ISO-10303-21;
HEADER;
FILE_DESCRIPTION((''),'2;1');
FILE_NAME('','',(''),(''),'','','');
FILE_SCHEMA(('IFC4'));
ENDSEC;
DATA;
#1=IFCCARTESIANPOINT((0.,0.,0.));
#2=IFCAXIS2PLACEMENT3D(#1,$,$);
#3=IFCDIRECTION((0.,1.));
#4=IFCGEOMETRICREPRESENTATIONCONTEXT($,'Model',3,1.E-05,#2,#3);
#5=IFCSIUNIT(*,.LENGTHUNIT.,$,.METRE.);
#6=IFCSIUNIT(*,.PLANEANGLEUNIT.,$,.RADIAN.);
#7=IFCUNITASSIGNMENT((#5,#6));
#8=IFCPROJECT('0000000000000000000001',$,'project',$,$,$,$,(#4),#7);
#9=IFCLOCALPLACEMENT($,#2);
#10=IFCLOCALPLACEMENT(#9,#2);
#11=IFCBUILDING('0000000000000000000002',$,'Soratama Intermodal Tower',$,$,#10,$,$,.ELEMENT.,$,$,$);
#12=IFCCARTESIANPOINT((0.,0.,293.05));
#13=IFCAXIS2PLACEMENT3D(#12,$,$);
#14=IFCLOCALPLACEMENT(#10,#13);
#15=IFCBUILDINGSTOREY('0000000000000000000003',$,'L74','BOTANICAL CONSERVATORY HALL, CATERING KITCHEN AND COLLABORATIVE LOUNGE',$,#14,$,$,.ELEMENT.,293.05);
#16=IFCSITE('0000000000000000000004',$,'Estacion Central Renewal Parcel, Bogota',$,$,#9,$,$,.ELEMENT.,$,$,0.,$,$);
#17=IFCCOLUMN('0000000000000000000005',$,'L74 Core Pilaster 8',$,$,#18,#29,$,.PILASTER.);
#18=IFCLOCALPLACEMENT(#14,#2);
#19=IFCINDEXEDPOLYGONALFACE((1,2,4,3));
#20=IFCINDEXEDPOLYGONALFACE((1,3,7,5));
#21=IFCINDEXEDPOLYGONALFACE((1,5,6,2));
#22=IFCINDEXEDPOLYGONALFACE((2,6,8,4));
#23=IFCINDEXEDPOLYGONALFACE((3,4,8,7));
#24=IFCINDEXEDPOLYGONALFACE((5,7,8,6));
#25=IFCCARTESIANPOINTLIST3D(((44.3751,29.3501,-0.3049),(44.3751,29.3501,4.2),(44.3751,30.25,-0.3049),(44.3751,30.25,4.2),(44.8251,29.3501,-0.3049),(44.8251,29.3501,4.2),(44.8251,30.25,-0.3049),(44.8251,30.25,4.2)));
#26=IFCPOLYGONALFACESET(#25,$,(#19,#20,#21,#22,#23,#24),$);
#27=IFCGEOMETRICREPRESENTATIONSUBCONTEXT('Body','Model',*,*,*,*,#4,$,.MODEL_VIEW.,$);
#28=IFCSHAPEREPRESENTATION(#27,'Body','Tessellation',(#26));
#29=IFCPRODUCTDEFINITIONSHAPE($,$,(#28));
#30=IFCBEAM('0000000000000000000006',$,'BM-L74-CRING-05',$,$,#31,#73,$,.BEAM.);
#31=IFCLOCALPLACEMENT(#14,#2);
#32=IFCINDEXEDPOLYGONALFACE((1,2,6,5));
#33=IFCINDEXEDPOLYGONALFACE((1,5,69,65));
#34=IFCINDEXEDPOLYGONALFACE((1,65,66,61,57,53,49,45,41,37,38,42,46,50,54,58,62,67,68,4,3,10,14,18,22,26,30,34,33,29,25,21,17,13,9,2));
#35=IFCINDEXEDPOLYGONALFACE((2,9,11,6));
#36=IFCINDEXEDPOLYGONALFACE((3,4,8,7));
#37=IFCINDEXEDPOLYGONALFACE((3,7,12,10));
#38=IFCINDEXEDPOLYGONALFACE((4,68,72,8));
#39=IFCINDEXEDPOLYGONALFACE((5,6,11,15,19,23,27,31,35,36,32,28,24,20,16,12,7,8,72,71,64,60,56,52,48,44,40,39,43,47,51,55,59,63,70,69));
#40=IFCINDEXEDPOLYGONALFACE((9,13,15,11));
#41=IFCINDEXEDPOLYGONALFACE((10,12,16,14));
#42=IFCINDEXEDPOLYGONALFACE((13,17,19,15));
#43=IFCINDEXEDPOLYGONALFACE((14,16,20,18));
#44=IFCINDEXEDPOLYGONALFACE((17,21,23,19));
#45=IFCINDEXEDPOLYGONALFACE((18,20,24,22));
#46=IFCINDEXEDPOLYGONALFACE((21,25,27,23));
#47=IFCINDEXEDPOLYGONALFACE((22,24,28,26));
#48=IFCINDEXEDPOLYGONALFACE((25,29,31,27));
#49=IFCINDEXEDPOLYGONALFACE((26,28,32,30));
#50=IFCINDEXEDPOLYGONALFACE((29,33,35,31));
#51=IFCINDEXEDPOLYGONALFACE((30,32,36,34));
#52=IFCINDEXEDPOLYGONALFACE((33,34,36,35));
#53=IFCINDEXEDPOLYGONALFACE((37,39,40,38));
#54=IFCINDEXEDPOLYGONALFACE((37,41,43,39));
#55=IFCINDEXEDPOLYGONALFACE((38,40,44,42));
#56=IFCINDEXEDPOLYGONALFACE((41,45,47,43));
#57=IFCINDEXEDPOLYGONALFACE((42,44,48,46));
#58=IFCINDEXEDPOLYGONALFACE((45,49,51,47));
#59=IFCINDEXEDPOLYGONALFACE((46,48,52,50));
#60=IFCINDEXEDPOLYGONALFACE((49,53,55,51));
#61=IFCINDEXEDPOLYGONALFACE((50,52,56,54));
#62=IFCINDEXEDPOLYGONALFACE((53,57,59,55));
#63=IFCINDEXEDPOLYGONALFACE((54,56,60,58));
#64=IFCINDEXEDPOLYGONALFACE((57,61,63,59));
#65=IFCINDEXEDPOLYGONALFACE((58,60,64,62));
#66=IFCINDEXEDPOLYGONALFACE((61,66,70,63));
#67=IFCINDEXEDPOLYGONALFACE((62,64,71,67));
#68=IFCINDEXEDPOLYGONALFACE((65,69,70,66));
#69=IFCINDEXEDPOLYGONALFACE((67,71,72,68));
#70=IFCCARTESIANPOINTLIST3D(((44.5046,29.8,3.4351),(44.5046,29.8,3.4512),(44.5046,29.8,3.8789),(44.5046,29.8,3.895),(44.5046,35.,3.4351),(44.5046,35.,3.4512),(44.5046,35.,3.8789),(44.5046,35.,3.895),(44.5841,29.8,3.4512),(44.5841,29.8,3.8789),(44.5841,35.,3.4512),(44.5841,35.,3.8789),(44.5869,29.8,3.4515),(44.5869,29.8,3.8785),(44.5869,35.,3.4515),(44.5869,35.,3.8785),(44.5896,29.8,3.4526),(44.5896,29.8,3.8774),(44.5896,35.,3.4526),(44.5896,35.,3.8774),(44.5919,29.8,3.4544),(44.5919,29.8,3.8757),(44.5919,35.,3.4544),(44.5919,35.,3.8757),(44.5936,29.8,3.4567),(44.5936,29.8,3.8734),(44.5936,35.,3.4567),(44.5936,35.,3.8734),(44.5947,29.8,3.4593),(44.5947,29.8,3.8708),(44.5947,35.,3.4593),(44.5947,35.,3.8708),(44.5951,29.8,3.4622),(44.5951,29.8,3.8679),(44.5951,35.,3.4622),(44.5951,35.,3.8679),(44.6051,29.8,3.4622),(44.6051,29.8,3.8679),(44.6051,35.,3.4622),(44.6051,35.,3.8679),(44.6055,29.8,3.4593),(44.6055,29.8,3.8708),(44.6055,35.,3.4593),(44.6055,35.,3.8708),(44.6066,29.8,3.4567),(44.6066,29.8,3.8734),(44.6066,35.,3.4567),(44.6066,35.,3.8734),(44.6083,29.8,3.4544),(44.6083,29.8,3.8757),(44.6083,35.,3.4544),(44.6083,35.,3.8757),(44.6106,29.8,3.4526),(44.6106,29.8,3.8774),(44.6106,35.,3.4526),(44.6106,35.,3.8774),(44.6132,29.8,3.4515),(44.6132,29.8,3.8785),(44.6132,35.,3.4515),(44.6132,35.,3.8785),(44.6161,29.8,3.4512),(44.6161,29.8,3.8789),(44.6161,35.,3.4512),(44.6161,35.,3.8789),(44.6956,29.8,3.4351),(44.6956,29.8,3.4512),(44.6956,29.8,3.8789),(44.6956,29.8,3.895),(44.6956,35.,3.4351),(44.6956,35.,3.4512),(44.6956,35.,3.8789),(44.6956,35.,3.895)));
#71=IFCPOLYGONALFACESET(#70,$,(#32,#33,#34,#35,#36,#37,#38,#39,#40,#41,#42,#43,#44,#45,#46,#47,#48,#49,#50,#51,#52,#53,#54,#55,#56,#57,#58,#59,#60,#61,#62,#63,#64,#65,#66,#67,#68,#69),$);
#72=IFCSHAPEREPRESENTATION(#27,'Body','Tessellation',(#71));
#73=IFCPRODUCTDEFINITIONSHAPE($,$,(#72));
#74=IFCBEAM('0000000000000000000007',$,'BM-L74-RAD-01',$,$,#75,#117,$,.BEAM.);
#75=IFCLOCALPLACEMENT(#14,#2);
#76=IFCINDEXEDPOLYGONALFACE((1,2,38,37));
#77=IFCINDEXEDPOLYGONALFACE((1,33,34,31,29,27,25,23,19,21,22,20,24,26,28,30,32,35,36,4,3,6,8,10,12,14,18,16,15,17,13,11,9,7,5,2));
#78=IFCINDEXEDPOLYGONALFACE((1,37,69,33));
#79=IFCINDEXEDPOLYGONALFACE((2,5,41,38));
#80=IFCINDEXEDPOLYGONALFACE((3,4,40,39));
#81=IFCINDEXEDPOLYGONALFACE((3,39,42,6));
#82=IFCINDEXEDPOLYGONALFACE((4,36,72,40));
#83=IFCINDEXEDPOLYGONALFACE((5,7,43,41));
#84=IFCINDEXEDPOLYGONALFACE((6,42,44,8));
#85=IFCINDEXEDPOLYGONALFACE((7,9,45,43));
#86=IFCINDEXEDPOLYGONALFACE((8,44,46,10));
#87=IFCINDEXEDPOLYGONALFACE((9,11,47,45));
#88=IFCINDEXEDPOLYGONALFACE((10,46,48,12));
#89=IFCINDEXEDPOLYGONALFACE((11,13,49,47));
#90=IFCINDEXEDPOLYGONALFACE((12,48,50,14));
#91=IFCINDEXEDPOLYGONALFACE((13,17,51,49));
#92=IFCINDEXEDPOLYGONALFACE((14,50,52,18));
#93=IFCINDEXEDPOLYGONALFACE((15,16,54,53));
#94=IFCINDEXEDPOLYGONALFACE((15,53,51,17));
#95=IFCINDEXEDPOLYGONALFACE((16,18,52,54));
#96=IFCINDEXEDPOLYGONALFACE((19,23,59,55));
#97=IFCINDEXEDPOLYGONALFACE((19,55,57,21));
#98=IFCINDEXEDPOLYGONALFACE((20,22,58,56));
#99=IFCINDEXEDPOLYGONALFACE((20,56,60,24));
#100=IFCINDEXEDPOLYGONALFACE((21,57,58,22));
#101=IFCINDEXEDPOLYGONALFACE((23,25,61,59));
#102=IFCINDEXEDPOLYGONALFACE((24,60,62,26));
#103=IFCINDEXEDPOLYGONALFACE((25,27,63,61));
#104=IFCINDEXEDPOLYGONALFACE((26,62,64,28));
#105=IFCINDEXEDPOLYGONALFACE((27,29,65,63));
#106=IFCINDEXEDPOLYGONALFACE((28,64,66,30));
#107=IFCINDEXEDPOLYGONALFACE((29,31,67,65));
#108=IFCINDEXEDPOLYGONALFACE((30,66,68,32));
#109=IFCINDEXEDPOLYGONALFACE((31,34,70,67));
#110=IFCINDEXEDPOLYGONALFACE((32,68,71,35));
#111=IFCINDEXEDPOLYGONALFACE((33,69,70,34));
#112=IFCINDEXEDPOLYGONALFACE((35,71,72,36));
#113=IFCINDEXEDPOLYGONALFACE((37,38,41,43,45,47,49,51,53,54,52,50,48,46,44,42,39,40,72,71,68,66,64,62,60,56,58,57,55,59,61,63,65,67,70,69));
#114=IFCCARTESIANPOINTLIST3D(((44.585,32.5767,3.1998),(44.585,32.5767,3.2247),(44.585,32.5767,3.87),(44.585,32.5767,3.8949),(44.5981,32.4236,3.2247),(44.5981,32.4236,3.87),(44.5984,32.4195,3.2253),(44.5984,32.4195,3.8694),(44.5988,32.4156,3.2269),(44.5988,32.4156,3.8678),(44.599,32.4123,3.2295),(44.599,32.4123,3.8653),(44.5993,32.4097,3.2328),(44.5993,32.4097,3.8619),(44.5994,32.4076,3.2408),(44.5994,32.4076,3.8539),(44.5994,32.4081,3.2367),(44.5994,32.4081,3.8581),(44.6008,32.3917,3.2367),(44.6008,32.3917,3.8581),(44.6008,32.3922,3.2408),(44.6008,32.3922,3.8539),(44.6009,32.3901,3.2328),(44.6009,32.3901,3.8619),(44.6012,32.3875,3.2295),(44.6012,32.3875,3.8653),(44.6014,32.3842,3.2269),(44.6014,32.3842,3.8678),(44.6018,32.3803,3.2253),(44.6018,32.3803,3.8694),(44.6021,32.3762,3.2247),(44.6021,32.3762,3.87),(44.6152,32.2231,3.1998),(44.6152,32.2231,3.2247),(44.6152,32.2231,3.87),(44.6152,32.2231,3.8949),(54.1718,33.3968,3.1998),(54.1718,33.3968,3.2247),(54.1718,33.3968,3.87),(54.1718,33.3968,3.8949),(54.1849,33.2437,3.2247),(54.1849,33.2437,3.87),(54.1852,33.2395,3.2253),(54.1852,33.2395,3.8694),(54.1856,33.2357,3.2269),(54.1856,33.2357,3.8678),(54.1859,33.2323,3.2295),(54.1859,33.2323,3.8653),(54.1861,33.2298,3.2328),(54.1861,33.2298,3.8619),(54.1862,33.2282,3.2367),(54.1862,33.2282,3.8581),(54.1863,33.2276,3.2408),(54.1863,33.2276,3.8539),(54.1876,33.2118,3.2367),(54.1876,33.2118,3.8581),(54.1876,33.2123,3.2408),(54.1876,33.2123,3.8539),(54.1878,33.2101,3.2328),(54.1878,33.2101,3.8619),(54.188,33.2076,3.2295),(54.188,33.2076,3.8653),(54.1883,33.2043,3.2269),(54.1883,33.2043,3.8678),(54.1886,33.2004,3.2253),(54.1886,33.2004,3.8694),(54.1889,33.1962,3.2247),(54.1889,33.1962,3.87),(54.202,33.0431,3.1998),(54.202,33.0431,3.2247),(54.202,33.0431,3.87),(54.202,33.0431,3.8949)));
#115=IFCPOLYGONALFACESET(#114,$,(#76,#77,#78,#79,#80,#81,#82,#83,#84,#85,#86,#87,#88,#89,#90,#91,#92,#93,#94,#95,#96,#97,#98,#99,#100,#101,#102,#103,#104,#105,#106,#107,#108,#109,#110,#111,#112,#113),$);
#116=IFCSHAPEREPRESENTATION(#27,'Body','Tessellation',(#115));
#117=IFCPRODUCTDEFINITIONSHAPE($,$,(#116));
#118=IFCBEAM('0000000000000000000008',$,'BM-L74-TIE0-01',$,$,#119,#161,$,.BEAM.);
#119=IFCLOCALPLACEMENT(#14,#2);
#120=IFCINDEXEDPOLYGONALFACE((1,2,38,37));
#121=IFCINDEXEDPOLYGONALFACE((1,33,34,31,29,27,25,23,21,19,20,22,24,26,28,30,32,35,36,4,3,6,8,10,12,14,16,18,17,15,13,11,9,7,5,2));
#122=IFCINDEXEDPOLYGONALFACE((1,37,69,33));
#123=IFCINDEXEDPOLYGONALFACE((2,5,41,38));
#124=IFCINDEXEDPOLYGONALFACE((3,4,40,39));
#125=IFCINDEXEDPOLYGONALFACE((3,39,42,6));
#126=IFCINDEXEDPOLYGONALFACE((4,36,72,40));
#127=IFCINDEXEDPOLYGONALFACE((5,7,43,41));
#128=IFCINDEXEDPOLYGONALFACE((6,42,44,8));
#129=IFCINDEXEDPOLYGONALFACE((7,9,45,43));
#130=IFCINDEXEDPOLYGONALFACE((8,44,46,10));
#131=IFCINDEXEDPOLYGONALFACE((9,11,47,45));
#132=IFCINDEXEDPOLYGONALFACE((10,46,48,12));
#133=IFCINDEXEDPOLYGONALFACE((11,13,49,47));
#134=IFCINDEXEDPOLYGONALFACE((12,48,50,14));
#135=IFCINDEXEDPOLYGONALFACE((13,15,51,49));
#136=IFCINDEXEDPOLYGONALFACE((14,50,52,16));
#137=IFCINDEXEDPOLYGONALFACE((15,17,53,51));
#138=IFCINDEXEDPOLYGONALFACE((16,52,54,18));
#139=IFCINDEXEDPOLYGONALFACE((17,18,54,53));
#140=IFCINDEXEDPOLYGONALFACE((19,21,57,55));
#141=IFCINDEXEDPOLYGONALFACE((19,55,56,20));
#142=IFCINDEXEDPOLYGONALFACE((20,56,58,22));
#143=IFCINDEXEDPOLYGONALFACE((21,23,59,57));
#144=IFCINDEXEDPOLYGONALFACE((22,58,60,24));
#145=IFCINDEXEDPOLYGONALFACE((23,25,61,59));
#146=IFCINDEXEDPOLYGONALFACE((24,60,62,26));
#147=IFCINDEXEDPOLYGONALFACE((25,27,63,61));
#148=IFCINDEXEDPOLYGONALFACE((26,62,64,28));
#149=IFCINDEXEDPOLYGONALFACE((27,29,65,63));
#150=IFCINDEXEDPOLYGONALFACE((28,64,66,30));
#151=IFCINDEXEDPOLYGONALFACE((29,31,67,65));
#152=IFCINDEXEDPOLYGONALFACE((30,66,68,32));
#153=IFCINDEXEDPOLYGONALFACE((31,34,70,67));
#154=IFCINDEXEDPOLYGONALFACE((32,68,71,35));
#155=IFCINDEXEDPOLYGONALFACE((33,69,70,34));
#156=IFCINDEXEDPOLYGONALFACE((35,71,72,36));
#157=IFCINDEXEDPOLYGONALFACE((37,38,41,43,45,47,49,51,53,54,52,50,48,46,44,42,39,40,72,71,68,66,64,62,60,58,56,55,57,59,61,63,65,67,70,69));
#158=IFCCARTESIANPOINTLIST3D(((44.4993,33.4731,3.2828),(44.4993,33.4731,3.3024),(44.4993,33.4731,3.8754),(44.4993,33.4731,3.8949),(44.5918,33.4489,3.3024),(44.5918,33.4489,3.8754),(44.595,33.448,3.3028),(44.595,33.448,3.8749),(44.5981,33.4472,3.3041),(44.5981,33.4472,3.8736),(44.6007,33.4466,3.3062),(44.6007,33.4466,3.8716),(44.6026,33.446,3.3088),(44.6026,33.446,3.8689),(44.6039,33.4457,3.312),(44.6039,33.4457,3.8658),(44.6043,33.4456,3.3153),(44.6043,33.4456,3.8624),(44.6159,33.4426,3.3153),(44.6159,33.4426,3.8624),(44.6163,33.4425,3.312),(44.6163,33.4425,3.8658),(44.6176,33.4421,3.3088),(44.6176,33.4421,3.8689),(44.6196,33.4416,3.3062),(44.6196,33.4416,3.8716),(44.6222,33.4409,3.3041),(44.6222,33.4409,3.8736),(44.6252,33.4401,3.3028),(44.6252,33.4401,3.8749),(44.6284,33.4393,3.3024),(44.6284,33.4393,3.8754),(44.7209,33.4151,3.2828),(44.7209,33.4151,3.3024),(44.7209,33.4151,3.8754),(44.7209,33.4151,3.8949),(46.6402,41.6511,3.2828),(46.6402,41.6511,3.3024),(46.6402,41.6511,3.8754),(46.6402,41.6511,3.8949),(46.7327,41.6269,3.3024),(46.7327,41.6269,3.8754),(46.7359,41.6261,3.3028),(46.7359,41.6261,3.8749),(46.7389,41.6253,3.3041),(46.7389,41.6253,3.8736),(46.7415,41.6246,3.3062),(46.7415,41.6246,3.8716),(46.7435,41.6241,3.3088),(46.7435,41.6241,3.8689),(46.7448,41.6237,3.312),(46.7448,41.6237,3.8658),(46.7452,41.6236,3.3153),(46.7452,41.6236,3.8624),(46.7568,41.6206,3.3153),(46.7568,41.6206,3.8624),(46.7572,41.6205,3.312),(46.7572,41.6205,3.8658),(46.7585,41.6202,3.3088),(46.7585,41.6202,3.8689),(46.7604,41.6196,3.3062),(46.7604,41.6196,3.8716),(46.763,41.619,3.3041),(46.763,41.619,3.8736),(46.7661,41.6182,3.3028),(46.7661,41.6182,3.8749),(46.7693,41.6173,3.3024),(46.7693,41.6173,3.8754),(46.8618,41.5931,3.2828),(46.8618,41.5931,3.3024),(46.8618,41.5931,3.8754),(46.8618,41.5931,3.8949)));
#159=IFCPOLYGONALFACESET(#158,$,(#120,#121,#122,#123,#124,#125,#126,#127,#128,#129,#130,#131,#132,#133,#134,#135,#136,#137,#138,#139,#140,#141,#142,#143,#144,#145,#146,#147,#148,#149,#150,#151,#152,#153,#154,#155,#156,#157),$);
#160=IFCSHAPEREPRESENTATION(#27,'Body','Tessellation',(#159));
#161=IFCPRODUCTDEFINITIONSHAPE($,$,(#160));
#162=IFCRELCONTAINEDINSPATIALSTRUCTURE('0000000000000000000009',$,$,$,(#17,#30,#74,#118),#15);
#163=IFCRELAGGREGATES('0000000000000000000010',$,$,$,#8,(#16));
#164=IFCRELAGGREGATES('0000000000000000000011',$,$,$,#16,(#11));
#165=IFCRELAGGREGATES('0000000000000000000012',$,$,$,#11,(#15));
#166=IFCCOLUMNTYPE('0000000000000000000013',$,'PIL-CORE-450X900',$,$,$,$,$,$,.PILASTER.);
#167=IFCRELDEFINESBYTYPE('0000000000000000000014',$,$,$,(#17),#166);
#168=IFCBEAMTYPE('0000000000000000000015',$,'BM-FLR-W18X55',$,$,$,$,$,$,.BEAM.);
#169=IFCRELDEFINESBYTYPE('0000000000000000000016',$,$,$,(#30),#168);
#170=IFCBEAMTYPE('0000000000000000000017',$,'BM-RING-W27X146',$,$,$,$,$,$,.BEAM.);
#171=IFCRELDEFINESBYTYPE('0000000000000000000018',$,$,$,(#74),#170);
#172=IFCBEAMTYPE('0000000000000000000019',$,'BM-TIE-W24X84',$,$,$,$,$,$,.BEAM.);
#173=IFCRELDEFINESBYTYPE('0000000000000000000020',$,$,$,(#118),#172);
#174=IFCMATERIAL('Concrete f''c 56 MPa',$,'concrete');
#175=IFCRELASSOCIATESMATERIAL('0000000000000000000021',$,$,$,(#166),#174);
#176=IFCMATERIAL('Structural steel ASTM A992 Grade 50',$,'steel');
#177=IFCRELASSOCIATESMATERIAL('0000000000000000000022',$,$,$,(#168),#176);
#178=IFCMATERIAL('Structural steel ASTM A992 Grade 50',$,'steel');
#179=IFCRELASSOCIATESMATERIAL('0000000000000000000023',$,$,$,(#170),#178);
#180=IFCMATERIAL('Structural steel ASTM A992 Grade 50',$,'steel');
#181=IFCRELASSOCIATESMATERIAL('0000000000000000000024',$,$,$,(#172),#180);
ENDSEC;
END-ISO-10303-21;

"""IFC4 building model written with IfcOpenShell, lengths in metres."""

from ifc_helpers import new_model, si_unit, direction, frame, origin, origin_2d, place, context, subcontext, project, spatial, rectangle, i_section, extrude, material, material_profile, profile_set, type_object, element, save


model = new_model("IFC4")

# Units and contexts
model_context = context("Model", 3, precision=1e-05, world=origin(), true_north=direction((0.0, 1.0)))
body_context = subcontext(model_context, "Body", "Model", "MODEL_VIEW")
ifc_project = project(units=[si_unit("LENGTHUNIT", "METRE"), si_unit("PLANEANGLEUNIT", "RADIAN")], contexts=[model_context])

# Site, building, storey
site_placement = place(None, origin())
site = spatial("IfcSite", under=ifc_project, at=site_placement, Name="Estacion Central Renewal Parcel, Bogota", CompositionType="ELEMENT", RefElevation=0.0)
building_placement = place(site_placement, origin())
building = spatial("IfcBuilding", under=site, at=building_placement, Name="Soratama Intermodal Tower", CompositionType="ELEMENT")
storey_placement = place(building_placement, frame((0.0, 0.0, 293.05)))
storey = spatial("IfcBuildingStorey", under=building, at=storey_placement, Name="L74", Description="BOTANICAL CONSERVATORY HALL, CATERING KITCHEN AND COLLABORATIVE LOUNGE", CompositionType="ELEMENT", Elevation=293.05)

# Column
ifc_material_1 = material(Name="Concrete f'c 56 MPa", Category="concrete")
ifc_material_profile_1 = material_profile(ifc_material_1, rectangle(XDim=0.45, YDim=0.8999, at=origin_2d()), Name="RC450X900")
ifc_profile_set_1 = profile_set([ifc_material_profile_1], Name="Concrete f'c 56 MPa")
column_type = type_object("IfcColumnType", Name="PIL-CORE-450X900", PredefinedType="PILASTER", material=ifc_profile_set_1)
column_placement = place(storey_placement, frame((44.6001, 29.8, -0.3049), z_axis=(0.0, 0.0, 1.0), x_axis=(1.0, 0.0, 0.0)))
element("IfcColumn", 1, at=column_placement, inside=storey, type_object=column_type, Name="L74 Core Pilaster 8", PredefinedType="PILASTER", context=body_context, shape_type="SweptSolid", body=[
    extrude(rectangle(XDim=0.45, YDim=0.8999, at=origin_2d()), origin(), (0.0, 0.0, 1.0), 4.5049),
])

# Beams
ifc_material_2 = material(Name="Structural steel ASTM A992 Grade 50", Category="steel")
ifc_material_profile_2 = material_profile(ifc_material_2, i_section(OverallWidth=0.1909, OverallDepth=0.46, WebThickness=0.01, FlangeThickness=0.0161, FilletRadius=0.011, at=origin_2d()), Name="W18X55")
ifc_profile_set_2 = profile_set([ifc_material_profile_2], Name="Structural steel ASTM A992 Grade 50")
beam_type_1 = type_object("IfcBeamType", Name="BM-FLR-W18X55", PredefinedType="BEAM", material=ifc_profile_set_2)
beam_1_placement = place(storey_placement, frame((44.6001, 29.8, 3.665), z_axis=(0.0, 1.0, 0.0), x_axis=(-1.0, 0.0, 0.0)))
element("IfcBeam", 2, at=beam_1_placement, inside=storey, type_object=beam_type_1, Name="BM-L74-CRING-05", PredefinedType="BEAM", context=body_context, shape_type="SweptSolid", body=[
    extrude(i_section(OverallWidth=0.1909, OverallDepth=0.46, WebThickness=0.01, FlangeThickness=0.0161, FilletRadius=0.011, at=origin_2d()), origin(), (0.0, 0.0, 1.0), 5.2),
])
ifc_material_3 = material(Name="Structural steel ASTM A992 Grade 50", Category="steel")
ifc_material_profile_3 = material_profile(ifc_material_3, i_section(OverallWidth=0.355, OverallDepth=0.6951, WebThickness=0.0154, FlangeThickness=0.0249, FilletRadius=0.0161, at=origin_2d()), Name="W27X146")
ifc_profile_set_3 = profile_set([ifc_material_profile_3], Name="Structural steel ASTM A992 Grade 50")
beam_type_2 = type_object("IfcBeamType", Name="BM-RING-W27X146", PredefinedType="BEAM", material=ifc_profile_set_3)
beam_2_placement = place(storey_placement, frame((44.6001, 32.3999, 3.5474), z_axis=(0.996361, 0.085229, 0.0), x_axis=(-0.085229, 0.996361, 0.0)))
element("IfcBeam", 3, at=beam_2_placement, inside=storey, type_object=beam_type_2, Name="BM-L74-RAD-01", PredefinedType="BEAM", context=body_context, shape_type="SweptSolid", body=[
    extrude(i_section(OverallWidth=0.355, OverallDepth=0.6951, WebThickness=0.0154, FlangeThickness=0.0249, FilletRadius=0.0161, at=origin_2d()), origin(), (0.0, 0.0, 1.0), 9.6218),
])
ifc_material_4 = material(Name="Structural steel ASTM A992 Grade 50", Category="steel")
ifc_material_profile_4 = material_profile(ifc_material_4, i_section(OverallWidth=0.229, OverallDepth=0.6121, WebThickness=0.012, FlangeThickness=0.0195, FilletRadius=0.0129, at=origin_2d()), Name="W24X84")
ifc_profile_set_4 = profile_set([ifc_material_profile_4], Name="Structural steel ASTM A992 Grade 50")
beam_type_3 = type_object("IfcBeamType", Name="BM-TIE-W24X84", PredefinedType="BEAM", material=ifc_profile_set_4)
beam_3_placement = place(storey_placement, frame((44.6101, 33.4441, 3.5889), z_axis=(0.253251, 0.967401, 0.0), x_axis=(-0.967401, 0.253251, 0.0)))
element("IfcBeam", 4, at=beam_3_placement, inside=storey, type_object=beam_type_3, Name="BM-L74-TIE0-01", PredefinedType="BEAM", context=body_context, shape_type="SweptSolid", body=[
    extrude(i_section(OverallWidth=0.229, OverallDepth=0.6121, WebThickness=0.012, FlangeThickness=0.0195, FilletRadius=0.0129, at=origin_2d()), origin(), (0.0, 0.0, 1.0), 8.4536),
])

save(model, "model.ifc")
